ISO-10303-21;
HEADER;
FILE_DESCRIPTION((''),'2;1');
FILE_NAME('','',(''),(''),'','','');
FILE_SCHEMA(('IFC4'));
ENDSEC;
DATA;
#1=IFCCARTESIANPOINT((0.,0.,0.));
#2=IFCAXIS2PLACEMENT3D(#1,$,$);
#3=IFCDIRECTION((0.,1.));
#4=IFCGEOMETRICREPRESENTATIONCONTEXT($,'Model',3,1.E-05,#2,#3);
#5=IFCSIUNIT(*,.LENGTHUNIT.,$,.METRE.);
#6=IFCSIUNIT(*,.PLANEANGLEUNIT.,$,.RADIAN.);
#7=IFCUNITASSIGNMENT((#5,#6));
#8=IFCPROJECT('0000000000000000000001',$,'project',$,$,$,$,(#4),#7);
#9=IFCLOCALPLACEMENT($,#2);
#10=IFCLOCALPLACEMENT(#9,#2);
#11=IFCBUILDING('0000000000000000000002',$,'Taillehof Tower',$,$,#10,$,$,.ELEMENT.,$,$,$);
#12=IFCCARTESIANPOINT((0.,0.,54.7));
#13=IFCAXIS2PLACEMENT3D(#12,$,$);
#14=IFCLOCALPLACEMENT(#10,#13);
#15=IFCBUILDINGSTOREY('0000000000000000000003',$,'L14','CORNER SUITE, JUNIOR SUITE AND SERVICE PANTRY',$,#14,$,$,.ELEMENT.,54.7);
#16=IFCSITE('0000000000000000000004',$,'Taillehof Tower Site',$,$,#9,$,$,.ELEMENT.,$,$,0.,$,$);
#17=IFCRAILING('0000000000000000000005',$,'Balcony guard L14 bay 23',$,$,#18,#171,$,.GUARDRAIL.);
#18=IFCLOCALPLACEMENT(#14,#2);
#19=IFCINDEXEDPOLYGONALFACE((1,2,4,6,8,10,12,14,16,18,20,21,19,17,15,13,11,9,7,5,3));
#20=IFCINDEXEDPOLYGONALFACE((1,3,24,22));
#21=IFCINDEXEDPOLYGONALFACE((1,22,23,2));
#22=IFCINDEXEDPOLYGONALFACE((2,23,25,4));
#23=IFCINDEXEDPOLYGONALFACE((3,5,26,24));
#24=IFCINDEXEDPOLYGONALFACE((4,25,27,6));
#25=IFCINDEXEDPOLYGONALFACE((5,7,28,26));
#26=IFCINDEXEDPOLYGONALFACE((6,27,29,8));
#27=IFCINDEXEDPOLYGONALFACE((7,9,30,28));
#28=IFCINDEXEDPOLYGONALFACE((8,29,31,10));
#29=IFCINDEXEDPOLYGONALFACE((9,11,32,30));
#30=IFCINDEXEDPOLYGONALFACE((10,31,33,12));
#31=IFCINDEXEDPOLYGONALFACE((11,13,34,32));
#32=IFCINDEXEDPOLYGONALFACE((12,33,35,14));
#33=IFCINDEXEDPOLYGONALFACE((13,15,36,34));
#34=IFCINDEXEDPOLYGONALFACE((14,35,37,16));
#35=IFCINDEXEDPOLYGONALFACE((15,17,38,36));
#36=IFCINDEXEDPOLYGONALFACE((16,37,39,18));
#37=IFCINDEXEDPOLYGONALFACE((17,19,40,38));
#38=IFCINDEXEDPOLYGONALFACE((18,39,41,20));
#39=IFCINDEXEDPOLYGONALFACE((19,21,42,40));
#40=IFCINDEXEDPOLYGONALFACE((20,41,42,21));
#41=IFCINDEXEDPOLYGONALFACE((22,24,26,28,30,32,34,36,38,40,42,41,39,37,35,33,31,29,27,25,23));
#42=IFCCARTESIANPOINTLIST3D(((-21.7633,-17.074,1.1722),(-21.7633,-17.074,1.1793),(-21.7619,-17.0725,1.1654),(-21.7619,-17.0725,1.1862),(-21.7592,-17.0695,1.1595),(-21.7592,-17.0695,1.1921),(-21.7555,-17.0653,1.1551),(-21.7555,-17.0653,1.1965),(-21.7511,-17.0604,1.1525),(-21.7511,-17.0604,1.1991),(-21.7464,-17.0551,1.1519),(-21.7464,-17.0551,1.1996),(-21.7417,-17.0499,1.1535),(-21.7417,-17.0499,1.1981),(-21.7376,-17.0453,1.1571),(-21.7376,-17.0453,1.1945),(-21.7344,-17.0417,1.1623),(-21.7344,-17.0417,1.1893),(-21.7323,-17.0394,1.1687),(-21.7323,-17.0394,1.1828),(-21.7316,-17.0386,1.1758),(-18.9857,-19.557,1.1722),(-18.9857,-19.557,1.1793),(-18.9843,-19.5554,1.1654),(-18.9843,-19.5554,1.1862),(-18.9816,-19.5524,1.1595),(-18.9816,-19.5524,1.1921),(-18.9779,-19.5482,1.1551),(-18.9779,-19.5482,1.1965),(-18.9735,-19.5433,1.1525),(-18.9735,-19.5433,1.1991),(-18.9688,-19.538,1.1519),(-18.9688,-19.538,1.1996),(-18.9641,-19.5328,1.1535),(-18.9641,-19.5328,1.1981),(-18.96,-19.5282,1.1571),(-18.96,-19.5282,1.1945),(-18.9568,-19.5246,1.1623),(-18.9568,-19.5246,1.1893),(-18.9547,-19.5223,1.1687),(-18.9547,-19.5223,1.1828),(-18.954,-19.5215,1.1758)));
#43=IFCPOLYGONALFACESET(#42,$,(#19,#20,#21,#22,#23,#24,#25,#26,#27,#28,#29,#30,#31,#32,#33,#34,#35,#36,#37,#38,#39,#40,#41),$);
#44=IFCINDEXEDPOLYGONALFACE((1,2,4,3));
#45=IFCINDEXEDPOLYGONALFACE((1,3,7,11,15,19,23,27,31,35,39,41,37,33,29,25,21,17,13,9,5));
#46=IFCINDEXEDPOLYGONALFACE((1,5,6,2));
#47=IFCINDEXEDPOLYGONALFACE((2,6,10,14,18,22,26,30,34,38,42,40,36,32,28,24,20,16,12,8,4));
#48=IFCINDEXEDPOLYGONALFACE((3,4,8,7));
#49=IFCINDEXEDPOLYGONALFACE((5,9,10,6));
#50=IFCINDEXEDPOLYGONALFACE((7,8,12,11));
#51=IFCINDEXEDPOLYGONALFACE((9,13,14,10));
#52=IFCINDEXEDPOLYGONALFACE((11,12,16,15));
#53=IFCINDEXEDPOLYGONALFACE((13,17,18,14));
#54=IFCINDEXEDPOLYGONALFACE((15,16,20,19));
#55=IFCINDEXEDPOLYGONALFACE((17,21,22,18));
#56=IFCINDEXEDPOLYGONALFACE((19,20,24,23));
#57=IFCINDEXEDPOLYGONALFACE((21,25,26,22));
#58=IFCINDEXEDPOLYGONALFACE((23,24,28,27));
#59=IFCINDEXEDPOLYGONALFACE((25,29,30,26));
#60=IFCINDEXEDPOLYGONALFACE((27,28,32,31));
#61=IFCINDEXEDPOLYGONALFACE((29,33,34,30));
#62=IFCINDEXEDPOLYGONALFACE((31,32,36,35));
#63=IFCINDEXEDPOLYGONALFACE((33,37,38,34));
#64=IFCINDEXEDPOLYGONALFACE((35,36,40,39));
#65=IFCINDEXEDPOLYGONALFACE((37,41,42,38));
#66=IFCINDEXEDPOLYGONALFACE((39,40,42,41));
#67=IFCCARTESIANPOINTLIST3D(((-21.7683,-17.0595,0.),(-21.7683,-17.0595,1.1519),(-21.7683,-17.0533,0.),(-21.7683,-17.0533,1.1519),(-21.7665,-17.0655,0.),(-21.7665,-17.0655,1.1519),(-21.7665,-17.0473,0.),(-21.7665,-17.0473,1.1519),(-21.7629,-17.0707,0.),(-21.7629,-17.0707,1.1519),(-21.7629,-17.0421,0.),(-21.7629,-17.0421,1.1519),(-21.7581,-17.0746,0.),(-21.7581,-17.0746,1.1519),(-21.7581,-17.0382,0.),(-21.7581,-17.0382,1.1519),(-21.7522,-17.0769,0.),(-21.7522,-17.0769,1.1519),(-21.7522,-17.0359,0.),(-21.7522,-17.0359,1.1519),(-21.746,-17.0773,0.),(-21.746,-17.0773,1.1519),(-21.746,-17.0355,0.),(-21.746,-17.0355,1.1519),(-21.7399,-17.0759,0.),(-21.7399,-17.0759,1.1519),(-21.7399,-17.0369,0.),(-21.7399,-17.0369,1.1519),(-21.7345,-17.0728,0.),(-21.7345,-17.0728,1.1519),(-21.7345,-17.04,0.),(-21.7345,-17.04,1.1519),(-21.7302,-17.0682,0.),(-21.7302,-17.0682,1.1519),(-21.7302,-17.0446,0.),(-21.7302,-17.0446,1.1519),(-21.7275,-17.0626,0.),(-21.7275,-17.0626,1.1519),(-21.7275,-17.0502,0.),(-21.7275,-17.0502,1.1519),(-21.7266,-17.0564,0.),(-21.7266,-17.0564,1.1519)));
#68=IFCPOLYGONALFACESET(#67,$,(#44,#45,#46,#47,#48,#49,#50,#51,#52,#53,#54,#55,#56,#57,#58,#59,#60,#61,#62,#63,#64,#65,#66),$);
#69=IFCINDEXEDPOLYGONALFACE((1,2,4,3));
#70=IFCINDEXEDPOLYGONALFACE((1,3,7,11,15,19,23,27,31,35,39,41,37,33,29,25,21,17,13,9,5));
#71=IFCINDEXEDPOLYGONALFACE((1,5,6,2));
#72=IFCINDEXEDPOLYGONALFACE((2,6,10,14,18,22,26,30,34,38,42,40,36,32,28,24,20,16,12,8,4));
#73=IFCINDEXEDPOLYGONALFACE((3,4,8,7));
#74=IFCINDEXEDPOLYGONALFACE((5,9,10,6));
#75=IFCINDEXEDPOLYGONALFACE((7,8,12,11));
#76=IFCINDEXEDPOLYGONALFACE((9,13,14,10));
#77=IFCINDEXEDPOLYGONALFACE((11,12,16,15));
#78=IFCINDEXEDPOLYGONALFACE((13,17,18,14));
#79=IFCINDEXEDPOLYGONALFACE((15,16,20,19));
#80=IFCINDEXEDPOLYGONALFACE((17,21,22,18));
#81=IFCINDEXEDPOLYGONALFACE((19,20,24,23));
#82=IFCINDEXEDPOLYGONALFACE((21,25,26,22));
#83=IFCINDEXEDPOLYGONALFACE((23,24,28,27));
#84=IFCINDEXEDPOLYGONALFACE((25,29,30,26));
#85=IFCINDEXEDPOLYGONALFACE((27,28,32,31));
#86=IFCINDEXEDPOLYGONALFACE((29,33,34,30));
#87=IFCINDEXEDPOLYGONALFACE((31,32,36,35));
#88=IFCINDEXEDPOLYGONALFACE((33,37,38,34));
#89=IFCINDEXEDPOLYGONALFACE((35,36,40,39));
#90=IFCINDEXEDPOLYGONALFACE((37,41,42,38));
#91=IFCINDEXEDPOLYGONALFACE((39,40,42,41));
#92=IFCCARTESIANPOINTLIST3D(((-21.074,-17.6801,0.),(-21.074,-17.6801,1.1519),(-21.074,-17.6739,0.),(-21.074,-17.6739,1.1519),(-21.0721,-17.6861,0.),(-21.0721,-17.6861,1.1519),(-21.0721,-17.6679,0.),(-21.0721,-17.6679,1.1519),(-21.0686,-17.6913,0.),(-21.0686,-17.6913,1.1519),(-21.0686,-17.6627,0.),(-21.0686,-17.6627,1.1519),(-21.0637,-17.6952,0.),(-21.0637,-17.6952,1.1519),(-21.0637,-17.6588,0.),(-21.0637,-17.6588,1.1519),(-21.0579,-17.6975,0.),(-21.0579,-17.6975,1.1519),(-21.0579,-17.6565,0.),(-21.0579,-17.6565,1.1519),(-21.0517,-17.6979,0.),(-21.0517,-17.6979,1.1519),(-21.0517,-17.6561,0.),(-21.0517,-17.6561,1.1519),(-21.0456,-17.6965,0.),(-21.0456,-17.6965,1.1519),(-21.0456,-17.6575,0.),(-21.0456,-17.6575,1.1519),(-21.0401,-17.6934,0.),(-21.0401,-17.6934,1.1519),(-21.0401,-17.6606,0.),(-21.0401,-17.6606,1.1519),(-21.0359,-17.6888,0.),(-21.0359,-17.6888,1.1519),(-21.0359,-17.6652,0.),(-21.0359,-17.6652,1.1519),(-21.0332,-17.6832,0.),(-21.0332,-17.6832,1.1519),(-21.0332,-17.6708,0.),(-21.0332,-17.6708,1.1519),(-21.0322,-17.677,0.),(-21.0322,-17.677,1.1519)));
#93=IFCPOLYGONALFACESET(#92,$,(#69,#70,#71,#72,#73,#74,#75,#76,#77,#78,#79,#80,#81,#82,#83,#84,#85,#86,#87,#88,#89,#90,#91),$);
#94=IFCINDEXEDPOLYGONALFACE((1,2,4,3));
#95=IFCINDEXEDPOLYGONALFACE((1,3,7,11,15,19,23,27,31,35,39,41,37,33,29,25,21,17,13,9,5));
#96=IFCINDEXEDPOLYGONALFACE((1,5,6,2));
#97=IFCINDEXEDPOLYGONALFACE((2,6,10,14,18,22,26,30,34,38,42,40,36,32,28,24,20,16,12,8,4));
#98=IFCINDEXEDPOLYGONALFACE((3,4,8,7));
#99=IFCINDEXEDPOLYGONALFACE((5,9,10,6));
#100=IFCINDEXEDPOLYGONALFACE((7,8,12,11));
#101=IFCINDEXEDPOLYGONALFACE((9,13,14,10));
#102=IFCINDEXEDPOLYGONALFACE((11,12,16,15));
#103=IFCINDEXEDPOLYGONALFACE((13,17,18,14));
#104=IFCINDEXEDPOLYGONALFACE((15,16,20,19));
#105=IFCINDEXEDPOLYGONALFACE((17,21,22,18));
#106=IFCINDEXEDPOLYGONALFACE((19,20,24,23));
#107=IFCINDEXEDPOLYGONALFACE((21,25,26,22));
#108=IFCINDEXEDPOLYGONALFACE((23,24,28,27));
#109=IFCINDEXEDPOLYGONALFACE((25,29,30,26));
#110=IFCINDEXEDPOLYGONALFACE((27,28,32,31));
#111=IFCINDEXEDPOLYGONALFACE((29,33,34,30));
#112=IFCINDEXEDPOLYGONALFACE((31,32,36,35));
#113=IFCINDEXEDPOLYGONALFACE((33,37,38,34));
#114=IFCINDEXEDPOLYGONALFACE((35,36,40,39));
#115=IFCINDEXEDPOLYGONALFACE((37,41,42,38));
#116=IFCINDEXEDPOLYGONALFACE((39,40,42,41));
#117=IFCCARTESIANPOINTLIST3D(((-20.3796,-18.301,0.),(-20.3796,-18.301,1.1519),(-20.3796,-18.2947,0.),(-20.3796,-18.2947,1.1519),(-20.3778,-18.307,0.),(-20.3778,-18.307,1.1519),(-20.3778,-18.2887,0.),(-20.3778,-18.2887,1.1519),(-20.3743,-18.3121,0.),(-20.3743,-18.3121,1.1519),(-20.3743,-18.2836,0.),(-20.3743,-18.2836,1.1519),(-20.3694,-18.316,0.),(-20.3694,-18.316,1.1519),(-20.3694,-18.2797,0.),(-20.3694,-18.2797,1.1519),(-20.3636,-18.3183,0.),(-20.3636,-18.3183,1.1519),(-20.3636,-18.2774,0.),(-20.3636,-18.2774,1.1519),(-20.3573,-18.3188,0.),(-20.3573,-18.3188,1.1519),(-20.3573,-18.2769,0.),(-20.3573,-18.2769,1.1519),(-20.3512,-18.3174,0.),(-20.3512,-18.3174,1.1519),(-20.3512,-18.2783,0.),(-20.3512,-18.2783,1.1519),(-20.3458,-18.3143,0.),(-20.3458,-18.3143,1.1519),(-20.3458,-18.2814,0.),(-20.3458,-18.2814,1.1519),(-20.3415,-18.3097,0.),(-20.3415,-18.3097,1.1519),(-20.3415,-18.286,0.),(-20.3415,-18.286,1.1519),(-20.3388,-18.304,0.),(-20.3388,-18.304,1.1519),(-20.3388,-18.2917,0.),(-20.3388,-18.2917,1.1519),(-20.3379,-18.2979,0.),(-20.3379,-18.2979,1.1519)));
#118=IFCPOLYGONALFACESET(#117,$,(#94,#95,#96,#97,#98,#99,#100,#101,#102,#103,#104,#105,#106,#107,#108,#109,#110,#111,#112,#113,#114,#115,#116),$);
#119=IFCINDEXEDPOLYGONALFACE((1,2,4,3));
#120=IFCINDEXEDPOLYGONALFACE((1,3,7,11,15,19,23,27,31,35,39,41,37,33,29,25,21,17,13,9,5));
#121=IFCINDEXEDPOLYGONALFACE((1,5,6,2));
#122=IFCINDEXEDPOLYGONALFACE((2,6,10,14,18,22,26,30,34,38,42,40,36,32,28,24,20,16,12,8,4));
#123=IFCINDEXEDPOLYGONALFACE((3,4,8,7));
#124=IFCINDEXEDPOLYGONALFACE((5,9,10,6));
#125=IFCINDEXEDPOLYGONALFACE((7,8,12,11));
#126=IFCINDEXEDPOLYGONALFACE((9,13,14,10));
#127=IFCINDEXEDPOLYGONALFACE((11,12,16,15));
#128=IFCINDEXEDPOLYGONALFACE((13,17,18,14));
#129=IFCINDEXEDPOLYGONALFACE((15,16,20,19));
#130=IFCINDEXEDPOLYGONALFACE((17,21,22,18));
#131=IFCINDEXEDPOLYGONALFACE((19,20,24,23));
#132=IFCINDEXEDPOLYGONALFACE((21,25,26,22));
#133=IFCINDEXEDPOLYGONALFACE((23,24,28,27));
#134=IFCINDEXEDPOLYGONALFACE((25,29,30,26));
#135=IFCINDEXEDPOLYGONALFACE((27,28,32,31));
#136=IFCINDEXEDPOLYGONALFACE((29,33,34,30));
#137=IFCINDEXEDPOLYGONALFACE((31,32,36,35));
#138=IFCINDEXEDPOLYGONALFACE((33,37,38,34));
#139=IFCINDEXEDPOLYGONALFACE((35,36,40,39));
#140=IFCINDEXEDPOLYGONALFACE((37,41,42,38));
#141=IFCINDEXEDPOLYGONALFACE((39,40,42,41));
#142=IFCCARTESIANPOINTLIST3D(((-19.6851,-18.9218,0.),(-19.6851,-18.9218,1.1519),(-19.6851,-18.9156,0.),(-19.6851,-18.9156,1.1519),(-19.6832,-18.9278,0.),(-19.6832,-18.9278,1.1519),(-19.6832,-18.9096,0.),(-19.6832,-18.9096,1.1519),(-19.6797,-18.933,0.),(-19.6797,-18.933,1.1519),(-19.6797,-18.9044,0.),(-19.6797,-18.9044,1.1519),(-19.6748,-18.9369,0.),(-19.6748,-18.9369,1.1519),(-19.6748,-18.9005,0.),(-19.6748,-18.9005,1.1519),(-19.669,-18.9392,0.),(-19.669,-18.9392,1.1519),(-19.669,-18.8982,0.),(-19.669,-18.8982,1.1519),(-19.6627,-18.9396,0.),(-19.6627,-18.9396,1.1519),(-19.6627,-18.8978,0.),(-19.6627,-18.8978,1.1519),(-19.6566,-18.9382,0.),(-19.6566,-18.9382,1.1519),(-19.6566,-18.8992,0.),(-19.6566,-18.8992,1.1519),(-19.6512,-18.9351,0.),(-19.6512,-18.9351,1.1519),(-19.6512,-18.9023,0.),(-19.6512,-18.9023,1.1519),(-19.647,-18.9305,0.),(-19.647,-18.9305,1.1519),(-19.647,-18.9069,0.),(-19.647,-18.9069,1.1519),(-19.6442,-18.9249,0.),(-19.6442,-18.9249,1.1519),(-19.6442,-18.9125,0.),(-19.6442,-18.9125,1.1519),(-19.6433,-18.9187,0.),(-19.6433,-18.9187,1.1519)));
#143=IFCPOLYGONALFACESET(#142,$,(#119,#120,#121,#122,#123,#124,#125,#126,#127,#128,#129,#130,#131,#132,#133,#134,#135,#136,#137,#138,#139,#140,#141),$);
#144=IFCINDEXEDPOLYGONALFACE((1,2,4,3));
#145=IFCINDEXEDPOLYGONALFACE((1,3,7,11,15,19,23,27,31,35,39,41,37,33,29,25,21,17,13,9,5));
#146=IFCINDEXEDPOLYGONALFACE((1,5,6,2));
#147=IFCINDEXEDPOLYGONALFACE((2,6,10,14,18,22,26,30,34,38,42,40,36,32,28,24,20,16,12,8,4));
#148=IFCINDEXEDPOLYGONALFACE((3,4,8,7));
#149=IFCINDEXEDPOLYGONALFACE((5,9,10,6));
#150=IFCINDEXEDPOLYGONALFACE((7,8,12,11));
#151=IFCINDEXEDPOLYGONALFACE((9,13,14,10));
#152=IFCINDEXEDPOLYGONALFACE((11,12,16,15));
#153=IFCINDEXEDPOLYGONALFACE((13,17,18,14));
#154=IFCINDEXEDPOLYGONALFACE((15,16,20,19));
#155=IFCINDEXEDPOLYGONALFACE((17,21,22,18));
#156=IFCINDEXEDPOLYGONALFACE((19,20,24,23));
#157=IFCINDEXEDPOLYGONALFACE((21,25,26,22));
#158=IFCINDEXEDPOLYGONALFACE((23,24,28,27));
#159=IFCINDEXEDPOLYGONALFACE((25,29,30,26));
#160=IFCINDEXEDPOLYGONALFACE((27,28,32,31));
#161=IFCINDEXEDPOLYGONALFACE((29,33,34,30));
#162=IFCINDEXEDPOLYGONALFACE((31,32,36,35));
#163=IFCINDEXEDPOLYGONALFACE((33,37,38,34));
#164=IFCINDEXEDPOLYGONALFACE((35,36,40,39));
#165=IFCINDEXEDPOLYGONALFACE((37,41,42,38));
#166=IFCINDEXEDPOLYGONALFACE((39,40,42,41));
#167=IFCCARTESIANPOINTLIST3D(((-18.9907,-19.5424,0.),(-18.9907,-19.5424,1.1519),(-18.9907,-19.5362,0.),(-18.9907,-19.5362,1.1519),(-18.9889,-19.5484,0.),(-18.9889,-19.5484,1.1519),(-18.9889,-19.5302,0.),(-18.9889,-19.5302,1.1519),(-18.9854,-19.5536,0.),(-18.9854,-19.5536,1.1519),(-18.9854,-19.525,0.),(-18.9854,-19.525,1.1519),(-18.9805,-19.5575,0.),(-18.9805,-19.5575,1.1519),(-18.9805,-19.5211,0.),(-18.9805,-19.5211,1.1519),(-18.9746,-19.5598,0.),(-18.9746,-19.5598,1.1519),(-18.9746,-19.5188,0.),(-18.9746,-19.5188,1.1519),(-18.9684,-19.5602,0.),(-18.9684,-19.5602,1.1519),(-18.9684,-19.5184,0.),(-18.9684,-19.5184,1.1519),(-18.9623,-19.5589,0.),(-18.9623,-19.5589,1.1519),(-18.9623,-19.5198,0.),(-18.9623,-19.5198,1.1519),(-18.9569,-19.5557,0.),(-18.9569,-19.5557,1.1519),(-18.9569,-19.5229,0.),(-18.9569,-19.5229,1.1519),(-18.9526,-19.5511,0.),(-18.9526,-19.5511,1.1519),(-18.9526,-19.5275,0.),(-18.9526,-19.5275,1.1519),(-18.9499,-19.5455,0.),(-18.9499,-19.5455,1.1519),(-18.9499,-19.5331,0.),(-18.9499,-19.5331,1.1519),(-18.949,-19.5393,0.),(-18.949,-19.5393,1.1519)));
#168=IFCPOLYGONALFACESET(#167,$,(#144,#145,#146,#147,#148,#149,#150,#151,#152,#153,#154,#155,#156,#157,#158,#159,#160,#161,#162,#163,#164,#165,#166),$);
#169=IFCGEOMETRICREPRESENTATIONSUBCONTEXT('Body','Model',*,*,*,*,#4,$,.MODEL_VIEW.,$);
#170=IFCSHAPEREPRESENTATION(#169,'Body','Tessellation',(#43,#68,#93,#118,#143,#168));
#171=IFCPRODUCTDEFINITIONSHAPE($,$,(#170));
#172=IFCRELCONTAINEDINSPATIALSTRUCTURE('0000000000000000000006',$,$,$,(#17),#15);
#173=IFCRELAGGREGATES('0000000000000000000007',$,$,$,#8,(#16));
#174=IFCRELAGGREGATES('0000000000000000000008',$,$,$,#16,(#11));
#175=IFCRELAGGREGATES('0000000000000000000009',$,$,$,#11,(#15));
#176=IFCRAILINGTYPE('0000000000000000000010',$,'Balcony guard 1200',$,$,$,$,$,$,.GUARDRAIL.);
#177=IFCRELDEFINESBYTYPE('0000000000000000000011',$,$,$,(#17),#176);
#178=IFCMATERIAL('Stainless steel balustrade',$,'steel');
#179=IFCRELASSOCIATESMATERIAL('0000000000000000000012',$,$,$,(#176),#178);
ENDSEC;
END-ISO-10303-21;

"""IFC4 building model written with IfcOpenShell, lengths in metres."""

from ifc_helpers import new_model, si_unit, direction, frame, origin, origin_2d, place, context, subcontext, project, spatial, circle, extrude, material, type_object, element, save


model = new_model("IFC4")

# Units and contexts
model_context = context("Model", 3, precision=1e-05, world=origin(), true_north=direction((0.0, 1.0)))
body_context = subcontext(model_context, "Body", "Model", "MODEL_VIEW")
ifc_project = project(units=[si_unit("LENGTHUNIT", "METRE"), si_unit("PLANEANGLEUNIT", "RADIAN")], contexts=[model_context])

# Site, building, storey
site_placement = place(None, origin())
site = spatial("IfcSite", under=ifc_project, at=site_placement, Name="Taillehof Tower Site", CompositionType="ELEMENT", RefElevation=0.0)
building_placement = place(site_placement, origin())
building = spatial("IfcBuilding", under=site, at=building_placement, Name="Taillehof Tower", CompositionType="ELEMENT")
storey_placement = place(building_placement, frame((0.0, 0.0, 54.7)))
storey = spatial("IfcBuildingStorey", under=building, at=storey_placement, Name="L14", Description="CORNER SUITE, JUNIOR SUITE AND SERVICE PANTRY", CompositionType="ELEMENT", Elevation=54.7)

# Railing
ifc_material_1 = material(Name="Stainless steel balustrade", Category="steel")
railing_type = type_object("IfcRailingType", Name="Balcony guard 1200", PredefinedType="GUARDRAIL", material=ifc_material_1)
railing_1_placement = place(storey_placement, frame((-21.7476, -17.0564, 0.0)))
element("IfcRailing", 1, at=railing_1_placement, inside=storey, type_object=railing_type, Name="Balcony guard L14 bay 23", PredefinedType="GUARDRAIL", context=body_context, shape_type="SweptSolid", body=[
    extrude(circle(Radius=0.0239, at=origin_2d()), frame((0.0, 0.0, 1.1758), z_axis=(0.745548, -0.666452, 0.0), x_axis=(0.666452, 0.745548, 0.0)), (0.0, 0.0, 1.0), 3.7256),
    extrude(circle(Radius=0.021, at=origin_2d()), origin(), (0.0, 0.0, 1.0), 1.1519),
    extrude(circle(Radius=0.021, at=origin_2d()), frame((0.6943, -0.6206, 0.0)), (0.0, 0.0, 1.0), 1.1519),
    extrude(circle(Radius=0.021, at=origin_2d()), frame((1.3887, -1.2415, 0.0)), (0.0, 0.0, 1.0), 1.1519),
    extrude(circle(Radius=0.021, at=origin_2d()), frame((2.0833, -1.8623, 0.0)), (0.0, 0.0, 1.0), 1.1519),
    extrude(circle(Radius=0.021, at=origin_2d()), frame((2.7776, -2.4829, 0.0)), (0.0, 0.0, 1.0), 1.1519),
])

save(model, "model.ifc")
